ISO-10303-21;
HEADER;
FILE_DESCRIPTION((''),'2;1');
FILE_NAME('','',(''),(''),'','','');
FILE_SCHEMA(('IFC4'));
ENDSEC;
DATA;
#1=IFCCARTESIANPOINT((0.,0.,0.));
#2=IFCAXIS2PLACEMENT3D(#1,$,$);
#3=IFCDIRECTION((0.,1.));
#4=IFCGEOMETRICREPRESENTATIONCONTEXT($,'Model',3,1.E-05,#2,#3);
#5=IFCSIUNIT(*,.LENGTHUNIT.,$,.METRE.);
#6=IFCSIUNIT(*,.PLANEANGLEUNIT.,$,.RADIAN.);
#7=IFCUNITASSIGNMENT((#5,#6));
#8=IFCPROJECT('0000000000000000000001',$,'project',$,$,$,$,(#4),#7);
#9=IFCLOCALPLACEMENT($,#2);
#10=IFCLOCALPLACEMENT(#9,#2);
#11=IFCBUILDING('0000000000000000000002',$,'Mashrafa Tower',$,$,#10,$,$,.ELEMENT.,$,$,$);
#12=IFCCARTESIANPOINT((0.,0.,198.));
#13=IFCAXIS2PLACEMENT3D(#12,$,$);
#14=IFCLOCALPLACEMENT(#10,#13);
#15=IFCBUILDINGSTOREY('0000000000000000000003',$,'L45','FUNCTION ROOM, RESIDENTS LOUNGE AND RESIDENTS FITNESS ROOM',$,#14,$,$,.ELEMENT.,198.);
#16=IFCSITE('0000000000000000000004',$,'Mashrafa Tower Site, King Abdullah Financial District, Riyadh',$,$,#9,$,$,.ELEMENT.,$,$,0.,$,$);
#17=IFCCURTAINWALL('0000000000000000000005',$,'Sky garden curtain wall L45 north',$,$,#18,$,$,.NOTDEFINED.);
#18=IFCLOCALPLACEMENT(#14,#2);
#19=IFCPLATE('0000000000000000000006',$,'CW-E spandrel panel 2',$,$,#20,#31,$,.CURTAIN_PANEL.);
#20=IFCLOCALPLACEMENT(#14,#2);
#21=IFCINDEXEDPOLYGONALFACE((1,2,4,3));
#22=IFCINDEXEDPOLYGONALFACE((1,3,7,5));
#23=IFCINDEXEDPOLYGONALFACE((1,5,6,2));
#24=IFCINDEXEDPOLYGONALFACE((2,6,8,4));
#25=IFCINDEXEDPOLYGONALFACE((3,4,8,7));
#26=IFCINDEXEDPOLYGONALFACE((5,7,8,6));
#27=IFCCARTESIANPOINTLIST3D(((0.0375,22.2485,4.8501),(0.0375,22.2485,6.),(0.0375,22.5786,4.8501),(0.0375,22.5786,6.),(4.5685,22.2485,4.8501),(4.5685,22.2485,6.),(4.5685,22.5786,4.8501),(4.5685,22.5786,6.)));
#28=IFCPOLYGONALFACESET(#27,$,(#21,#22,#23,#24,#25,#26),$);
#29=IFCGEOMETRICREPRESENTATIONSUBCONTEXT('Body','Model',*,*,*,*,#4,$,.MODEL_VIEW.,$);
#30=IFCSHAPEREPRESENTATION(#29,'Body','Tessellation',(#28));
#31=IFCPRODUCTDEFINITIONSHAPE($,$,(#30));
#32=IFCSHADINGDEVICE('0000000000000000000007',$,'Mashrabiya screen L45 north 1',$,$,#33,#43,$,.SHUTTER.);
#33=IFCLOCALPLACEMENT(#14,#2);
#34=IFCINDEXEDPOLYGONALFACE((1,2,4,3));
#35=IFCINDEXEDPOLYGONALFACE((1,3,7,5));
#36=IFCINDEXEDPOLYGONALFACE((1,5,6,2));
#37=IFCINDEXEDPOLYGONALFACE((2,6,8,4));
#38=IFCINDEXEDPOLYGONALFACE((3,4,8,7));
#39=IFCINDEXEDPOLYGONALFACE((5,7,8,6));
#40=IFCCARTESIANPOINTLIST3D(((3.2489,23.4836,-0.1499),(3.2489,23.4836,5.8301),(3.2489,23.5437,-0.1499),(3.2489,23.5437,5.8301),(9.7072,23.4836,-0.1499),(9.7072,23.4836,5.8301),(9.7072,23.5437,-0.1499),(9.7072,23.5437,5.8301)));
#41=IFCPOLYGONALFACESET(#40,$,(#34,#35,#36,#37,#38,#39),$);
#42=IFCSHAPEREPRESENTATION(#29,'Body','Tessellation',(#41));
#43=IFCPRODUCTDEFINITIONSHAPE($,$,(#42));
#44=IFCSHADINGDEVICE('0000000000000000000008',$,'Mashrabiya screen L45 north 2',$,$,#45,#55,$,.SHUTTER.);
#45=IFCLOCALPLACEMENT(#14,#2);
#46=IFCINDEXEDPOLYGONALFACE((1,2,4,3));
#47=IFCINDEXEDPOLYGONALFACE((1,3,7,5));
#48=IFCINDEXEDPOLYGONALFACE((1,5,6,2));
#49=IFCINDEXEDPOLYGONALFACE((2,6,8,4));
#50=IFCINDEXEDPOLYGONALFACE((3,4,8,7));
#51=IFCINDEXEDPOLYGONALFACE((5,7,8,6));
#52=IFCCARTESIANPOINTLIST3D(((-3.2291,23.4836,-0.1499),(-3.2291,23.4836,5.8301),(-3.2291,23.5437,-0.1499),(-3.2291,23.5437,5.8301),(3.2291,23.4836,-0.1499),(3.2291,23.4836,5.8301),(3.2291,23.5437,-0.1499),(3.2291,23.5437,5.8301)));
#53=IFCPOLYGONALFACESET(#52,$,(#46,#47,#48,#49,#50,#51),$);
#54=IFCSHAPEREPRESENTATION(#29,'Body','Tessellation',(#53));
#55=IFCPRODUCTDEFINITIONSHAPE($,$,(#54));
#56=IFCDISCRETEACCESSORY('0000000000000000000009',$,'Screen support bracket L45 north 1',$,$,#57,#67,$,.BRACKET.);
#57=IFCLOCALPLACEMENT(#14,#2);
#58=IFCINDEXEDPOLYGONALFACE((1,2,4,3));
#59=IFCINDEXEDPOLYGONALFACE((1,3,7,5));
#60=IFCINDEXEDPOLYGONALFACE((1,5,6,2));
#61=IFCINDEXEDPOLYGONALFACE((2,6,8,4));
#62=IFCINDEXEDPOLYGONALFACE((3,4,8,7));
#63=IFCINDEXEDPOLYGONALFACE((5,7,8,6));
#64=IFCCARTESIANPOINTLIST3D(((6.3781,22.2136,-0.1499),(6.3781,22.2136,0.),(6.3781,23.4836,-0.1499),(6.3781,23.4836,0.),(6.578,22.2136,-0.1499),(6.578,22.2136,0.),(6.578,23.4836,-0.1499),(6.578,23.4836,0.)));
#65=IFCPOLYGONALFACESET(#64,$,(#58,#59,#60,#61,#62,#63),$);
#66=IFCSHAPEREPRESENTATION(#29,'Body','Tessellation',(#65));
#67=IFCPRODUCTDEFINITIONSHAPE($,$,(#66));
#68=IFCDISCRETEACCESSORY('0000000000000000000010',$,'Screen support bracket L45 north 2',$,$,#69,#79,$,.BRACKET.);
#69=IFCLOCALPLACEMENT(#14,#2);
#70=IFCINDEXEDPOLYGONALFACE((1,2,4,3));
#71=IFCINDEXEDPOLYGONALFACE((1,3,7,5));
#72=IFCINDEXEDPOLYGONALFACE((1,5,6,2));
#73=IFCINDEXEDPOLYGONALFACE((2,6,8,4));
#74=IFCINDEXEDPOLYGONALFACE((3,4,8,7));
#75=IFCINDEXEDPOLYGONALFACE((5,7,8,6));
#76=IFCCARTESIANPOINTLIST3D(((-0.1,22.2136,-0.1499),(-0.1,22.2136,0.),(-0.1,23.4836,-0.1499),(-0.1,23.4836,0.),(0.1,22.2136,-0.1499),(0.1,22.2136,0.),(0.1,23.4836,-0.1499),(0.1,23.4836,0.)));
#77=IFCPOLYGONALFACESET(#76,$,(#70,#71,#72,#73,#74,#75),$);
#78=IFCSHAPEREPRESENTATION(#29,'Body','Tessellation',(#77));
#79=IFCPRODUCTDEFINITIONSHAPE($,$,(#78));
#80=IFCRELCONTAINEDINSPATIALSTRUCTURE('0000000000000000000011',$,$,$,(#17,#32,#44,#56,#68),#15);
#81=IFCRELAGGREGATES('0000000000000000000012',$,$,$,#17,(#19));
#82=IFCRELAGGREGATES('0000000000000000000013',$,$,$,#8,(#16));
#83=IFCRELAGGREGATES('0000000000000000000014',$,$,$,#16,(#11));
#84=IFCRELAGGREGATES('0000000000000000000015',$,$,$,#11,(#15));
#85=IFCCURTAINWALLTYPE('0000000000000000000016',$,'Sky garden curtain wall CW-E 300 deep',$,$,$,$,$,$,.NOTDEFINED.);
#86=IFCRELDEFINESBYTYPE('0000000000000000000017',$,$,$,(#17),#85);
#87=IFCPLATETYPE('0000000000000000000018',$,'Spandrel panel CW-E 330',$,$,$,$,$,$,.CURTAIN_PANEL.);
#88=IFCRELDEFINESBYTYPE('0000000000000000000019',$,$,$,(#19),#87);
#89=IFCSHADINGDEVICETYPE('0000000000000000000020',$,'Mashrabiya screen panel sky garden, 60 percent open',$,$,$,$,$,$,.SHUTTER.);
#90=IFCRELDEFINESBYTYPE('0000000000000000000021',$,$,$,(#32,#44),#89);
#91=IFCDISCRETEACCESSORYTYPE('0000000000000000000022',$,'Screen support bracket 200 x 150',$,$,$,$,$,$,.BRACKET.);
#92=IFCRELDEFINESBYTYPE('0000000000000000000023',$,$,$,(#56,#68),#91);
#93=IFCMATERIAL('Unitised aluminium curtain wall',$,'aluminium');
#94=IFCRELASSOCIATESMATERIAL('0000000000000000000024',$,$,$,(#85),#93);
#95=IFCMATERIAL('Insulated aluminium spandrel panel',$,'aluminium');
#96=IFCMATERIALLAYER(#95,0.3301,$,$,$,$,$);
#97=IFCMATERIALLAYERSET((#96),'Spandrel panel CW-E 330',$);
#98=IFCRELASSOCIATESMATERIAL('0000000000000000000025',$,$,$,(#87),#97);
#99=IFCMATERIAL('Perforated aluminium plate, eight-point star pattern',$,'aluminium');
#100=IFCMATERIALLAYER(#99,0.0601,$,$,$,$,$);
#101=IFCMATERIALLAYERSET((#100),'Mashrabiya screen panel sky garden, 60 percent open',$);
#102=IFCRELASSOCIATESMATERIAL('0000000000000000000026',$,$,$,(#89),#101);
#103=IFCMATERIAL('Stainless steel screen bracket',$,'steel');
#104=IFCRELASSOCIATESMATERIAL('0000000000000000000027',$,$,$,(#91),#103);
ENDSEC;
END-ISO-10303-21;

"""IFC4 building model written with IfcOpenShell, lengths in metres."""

from ifc_helpers import new_model, si_unit, direction, frame, origin, origin_2d, place, context, subcontext, project, spatial, rectangle, extrude, source, transform, mapped, material, layer, layer_set, type_object, type_shapes, element, aggregate, save


model = new_model("IFC4")

# Units and contexts
model_context = context("Model", 3, precision=1e-05, world=origin(), true_north=direction((0.0, 1.0)))
body_context = subcontext(model_context, "Body", "Model", "MODEL_VIEW")
ifc_project = project(units=[si_unit("LENGTHUNIT", "METRE"), si_unit("PLANEANGLEUNIT", "RADIAN")], contexts=[model_context])

# Site, building, storey
site_placement = place(None, origin())
site = spatial("IfcSite", under=ifc_project, at=site_placement, Name="Mashrafa Tower Site, King Abdullah Financial District, Riyadh", CompositionType="ELEMENT", RefElevation=0.0)
building_placement = place(site_placement, origin())
building = spatial("IfcBuilding", under=site, at=building_placement, Name="Mashrafa Tower", CompositionType="ELEMENT")
storey_placement = place(building_placement, frame((0.0, 0.0, 198.0)))
storey = spatial("IfcBuildingStorey", under=building, at=storey_placement, Name="L45", Description="FUNCTION ROOM, RESIDENTS LOUNGE AND RESIDENTS FITNESS ROOM", CompositionType="ELEMENT", Elevation=198.0)

# Shared definitions
ifc_material_1 = material(Name="Unitised aluminium curtain wall", Category="aluminium")
curtain_wall_type = type_object("IfcCurtainWallType", Name="Sky garden curtain wall CW-E 300 deep", PredefinedType="NOTDEFINED", material=ifc_material_1)

# Curtain wall
curtain_wall_1_placement = place(storey_placement, origin())
curtain_wall_1 = element("IfcCurtainWall", 1, at=curtain_wall_1_placement, inside=storey, type_object=curtain_wall_type, Name="Sky garden curtain wall L45 north", PredefinedType="NOTDEFINED")

# Plate
ifc_material_2 = material(Name="Insulated aluminium spandrel panel", Category="aluminium")
ifc_layer_1 = layer(ifc_material_2, 0.3301)
ifc_layer_set_1 = layer_set([ifc_layer_1], Name="Spandrel panel CW-E 330")
plate_type_1 = type_object("IfcPlateType", Name="Spandrel panel CW-E 330", PredefinedType="CURTAIN_PANEL", material=ifc_layer_set_1)
shared_shape_1 = source(origin(), body_context, "Body", "SweptSolid", [
    extrude(rectangle(XDim=4.531, YDim=0.3301, at=origin_2d()), origin(), (0.0, 0.0, 1.0), 1.1499),
])
plate_1_placement = place(storey_placement, frame((2.303, 22.4136, 4.8501), z_axis=(0.0, 0.0, 1.0), x_axis=(-1.0, 0.0, 0.0)))
plate_1 = element("IfcPlate", 2, at=plate_1_placement, type_object=plate_type_1, Name="CW-E spandrel panel 2", PredefinedType="CURTAIN_PANEL", context=body_context, shape_type="MappedRepresentation", body=[
    mapped(shared_shape_1, transform((0.0, 0.0, 0.0))),
])
aggregate(curtain_wall_1, [plate_1])

# Shading devices
ifc_material_3 = material(Name="Perforated aluminium plate, eight-point star pattern", Category="aluminium")
ifc_layer_2 = layer(ifc_material_3, 0.0601)
ifc_layer_set_2 = layer_set([ifc_layer_2], Name="Mashrabiya screen panel sky garden, 60 percent open")
shading_device_type = type_object("IfcShadingDeviceType", Name="Mashrabiya screen panel sky garden, 60 percent open", PredefinedType="SHUTTER", material=ifc_layer_set_2)
shared_shape_2 = source(origin(), body_context, "Body", "SweptSolid", [
    extrude(rectangle(XDim=6.4583, YDim=0.0601, at=origin_2d()), origin(), (0.0, 0.0, 1.0), 5.98),
])
type_shapes(shading_device_type, [shared_shape_2])
for number, where, z_axis, x_axis, name in (
    (3, (6.478, 23.5137, -0.1499), (0.0, 0.0, 1.0), (-1.0, 0.0, 0.0), "Mashrabiya screen L45 north 1"),
    (4, (0.0, 23.5137, -0.1499), (0.0, 0.0, 1.0), (-1.0, 0.0, 0.0), "Mashrabiya screen L45 north 2"),
):
    element("IfcShadingDevice", number, at=place(storey_placement, frame(where, z_axis=z_axis, x_axis=x_axis)), inside=storey, type_object=shading_device_type, Name=name, PredefinedType="SHUTTER", context=body_context, shape_type="MappedRepresentation", body=[
        mapped(shared_shape_2, transform((0.0, 0.0, 0.0))),
    ])

# Discrete accessories
ifc_material_4 = material(Name="Stainless steel screen bracket", Category="steel")
discrete_accessory_type = type_object("IfcDiscreteAccessoryType", Name="Screen support bracket 200 x 150", PredefinedType="BRACKET", material=ifc_material_4)
shared_shape_3 = source(origin(), body_context, "Body", "SweptSolid", [
    extrude(rectangle(XDim=0.2, YDim=1.27, at=origin_2d()), origin(), (0.0, 0.0, 1.0), 0.1499),
])
type_shapes(discrete_accessory_type, [shared_shape_3])
for number, where, z_axis, x_axis, name in (
    (5, (6.478, 22.8486, -0.1499), (0.0, 0.0, 1.0), (-1.0, 0.0, 0.0), "Screen support bracket L45 north 1"),
    (6, (0.0, 22.8486, -0.1499), (0.0, 0.0, 1.0), (-1.0, 0.0, 0.0), "Screen support bracket L45 north 2"),
):
    element("IfcDiscreteAccessory", number, at=place(storey_placement, frame(where, z_axis=z_axis, x_axis=x_axis)), inside=storey, type_object=discrete_accessory_type, Name=name, PredefinedType="BRACKET", context=body_context, shape_type="MappedRepresentation", body=[
        mapped(shared_shape_3, transform((0.0, 0.0, 0.0))),
    ])

save(model, "model.ifc")
